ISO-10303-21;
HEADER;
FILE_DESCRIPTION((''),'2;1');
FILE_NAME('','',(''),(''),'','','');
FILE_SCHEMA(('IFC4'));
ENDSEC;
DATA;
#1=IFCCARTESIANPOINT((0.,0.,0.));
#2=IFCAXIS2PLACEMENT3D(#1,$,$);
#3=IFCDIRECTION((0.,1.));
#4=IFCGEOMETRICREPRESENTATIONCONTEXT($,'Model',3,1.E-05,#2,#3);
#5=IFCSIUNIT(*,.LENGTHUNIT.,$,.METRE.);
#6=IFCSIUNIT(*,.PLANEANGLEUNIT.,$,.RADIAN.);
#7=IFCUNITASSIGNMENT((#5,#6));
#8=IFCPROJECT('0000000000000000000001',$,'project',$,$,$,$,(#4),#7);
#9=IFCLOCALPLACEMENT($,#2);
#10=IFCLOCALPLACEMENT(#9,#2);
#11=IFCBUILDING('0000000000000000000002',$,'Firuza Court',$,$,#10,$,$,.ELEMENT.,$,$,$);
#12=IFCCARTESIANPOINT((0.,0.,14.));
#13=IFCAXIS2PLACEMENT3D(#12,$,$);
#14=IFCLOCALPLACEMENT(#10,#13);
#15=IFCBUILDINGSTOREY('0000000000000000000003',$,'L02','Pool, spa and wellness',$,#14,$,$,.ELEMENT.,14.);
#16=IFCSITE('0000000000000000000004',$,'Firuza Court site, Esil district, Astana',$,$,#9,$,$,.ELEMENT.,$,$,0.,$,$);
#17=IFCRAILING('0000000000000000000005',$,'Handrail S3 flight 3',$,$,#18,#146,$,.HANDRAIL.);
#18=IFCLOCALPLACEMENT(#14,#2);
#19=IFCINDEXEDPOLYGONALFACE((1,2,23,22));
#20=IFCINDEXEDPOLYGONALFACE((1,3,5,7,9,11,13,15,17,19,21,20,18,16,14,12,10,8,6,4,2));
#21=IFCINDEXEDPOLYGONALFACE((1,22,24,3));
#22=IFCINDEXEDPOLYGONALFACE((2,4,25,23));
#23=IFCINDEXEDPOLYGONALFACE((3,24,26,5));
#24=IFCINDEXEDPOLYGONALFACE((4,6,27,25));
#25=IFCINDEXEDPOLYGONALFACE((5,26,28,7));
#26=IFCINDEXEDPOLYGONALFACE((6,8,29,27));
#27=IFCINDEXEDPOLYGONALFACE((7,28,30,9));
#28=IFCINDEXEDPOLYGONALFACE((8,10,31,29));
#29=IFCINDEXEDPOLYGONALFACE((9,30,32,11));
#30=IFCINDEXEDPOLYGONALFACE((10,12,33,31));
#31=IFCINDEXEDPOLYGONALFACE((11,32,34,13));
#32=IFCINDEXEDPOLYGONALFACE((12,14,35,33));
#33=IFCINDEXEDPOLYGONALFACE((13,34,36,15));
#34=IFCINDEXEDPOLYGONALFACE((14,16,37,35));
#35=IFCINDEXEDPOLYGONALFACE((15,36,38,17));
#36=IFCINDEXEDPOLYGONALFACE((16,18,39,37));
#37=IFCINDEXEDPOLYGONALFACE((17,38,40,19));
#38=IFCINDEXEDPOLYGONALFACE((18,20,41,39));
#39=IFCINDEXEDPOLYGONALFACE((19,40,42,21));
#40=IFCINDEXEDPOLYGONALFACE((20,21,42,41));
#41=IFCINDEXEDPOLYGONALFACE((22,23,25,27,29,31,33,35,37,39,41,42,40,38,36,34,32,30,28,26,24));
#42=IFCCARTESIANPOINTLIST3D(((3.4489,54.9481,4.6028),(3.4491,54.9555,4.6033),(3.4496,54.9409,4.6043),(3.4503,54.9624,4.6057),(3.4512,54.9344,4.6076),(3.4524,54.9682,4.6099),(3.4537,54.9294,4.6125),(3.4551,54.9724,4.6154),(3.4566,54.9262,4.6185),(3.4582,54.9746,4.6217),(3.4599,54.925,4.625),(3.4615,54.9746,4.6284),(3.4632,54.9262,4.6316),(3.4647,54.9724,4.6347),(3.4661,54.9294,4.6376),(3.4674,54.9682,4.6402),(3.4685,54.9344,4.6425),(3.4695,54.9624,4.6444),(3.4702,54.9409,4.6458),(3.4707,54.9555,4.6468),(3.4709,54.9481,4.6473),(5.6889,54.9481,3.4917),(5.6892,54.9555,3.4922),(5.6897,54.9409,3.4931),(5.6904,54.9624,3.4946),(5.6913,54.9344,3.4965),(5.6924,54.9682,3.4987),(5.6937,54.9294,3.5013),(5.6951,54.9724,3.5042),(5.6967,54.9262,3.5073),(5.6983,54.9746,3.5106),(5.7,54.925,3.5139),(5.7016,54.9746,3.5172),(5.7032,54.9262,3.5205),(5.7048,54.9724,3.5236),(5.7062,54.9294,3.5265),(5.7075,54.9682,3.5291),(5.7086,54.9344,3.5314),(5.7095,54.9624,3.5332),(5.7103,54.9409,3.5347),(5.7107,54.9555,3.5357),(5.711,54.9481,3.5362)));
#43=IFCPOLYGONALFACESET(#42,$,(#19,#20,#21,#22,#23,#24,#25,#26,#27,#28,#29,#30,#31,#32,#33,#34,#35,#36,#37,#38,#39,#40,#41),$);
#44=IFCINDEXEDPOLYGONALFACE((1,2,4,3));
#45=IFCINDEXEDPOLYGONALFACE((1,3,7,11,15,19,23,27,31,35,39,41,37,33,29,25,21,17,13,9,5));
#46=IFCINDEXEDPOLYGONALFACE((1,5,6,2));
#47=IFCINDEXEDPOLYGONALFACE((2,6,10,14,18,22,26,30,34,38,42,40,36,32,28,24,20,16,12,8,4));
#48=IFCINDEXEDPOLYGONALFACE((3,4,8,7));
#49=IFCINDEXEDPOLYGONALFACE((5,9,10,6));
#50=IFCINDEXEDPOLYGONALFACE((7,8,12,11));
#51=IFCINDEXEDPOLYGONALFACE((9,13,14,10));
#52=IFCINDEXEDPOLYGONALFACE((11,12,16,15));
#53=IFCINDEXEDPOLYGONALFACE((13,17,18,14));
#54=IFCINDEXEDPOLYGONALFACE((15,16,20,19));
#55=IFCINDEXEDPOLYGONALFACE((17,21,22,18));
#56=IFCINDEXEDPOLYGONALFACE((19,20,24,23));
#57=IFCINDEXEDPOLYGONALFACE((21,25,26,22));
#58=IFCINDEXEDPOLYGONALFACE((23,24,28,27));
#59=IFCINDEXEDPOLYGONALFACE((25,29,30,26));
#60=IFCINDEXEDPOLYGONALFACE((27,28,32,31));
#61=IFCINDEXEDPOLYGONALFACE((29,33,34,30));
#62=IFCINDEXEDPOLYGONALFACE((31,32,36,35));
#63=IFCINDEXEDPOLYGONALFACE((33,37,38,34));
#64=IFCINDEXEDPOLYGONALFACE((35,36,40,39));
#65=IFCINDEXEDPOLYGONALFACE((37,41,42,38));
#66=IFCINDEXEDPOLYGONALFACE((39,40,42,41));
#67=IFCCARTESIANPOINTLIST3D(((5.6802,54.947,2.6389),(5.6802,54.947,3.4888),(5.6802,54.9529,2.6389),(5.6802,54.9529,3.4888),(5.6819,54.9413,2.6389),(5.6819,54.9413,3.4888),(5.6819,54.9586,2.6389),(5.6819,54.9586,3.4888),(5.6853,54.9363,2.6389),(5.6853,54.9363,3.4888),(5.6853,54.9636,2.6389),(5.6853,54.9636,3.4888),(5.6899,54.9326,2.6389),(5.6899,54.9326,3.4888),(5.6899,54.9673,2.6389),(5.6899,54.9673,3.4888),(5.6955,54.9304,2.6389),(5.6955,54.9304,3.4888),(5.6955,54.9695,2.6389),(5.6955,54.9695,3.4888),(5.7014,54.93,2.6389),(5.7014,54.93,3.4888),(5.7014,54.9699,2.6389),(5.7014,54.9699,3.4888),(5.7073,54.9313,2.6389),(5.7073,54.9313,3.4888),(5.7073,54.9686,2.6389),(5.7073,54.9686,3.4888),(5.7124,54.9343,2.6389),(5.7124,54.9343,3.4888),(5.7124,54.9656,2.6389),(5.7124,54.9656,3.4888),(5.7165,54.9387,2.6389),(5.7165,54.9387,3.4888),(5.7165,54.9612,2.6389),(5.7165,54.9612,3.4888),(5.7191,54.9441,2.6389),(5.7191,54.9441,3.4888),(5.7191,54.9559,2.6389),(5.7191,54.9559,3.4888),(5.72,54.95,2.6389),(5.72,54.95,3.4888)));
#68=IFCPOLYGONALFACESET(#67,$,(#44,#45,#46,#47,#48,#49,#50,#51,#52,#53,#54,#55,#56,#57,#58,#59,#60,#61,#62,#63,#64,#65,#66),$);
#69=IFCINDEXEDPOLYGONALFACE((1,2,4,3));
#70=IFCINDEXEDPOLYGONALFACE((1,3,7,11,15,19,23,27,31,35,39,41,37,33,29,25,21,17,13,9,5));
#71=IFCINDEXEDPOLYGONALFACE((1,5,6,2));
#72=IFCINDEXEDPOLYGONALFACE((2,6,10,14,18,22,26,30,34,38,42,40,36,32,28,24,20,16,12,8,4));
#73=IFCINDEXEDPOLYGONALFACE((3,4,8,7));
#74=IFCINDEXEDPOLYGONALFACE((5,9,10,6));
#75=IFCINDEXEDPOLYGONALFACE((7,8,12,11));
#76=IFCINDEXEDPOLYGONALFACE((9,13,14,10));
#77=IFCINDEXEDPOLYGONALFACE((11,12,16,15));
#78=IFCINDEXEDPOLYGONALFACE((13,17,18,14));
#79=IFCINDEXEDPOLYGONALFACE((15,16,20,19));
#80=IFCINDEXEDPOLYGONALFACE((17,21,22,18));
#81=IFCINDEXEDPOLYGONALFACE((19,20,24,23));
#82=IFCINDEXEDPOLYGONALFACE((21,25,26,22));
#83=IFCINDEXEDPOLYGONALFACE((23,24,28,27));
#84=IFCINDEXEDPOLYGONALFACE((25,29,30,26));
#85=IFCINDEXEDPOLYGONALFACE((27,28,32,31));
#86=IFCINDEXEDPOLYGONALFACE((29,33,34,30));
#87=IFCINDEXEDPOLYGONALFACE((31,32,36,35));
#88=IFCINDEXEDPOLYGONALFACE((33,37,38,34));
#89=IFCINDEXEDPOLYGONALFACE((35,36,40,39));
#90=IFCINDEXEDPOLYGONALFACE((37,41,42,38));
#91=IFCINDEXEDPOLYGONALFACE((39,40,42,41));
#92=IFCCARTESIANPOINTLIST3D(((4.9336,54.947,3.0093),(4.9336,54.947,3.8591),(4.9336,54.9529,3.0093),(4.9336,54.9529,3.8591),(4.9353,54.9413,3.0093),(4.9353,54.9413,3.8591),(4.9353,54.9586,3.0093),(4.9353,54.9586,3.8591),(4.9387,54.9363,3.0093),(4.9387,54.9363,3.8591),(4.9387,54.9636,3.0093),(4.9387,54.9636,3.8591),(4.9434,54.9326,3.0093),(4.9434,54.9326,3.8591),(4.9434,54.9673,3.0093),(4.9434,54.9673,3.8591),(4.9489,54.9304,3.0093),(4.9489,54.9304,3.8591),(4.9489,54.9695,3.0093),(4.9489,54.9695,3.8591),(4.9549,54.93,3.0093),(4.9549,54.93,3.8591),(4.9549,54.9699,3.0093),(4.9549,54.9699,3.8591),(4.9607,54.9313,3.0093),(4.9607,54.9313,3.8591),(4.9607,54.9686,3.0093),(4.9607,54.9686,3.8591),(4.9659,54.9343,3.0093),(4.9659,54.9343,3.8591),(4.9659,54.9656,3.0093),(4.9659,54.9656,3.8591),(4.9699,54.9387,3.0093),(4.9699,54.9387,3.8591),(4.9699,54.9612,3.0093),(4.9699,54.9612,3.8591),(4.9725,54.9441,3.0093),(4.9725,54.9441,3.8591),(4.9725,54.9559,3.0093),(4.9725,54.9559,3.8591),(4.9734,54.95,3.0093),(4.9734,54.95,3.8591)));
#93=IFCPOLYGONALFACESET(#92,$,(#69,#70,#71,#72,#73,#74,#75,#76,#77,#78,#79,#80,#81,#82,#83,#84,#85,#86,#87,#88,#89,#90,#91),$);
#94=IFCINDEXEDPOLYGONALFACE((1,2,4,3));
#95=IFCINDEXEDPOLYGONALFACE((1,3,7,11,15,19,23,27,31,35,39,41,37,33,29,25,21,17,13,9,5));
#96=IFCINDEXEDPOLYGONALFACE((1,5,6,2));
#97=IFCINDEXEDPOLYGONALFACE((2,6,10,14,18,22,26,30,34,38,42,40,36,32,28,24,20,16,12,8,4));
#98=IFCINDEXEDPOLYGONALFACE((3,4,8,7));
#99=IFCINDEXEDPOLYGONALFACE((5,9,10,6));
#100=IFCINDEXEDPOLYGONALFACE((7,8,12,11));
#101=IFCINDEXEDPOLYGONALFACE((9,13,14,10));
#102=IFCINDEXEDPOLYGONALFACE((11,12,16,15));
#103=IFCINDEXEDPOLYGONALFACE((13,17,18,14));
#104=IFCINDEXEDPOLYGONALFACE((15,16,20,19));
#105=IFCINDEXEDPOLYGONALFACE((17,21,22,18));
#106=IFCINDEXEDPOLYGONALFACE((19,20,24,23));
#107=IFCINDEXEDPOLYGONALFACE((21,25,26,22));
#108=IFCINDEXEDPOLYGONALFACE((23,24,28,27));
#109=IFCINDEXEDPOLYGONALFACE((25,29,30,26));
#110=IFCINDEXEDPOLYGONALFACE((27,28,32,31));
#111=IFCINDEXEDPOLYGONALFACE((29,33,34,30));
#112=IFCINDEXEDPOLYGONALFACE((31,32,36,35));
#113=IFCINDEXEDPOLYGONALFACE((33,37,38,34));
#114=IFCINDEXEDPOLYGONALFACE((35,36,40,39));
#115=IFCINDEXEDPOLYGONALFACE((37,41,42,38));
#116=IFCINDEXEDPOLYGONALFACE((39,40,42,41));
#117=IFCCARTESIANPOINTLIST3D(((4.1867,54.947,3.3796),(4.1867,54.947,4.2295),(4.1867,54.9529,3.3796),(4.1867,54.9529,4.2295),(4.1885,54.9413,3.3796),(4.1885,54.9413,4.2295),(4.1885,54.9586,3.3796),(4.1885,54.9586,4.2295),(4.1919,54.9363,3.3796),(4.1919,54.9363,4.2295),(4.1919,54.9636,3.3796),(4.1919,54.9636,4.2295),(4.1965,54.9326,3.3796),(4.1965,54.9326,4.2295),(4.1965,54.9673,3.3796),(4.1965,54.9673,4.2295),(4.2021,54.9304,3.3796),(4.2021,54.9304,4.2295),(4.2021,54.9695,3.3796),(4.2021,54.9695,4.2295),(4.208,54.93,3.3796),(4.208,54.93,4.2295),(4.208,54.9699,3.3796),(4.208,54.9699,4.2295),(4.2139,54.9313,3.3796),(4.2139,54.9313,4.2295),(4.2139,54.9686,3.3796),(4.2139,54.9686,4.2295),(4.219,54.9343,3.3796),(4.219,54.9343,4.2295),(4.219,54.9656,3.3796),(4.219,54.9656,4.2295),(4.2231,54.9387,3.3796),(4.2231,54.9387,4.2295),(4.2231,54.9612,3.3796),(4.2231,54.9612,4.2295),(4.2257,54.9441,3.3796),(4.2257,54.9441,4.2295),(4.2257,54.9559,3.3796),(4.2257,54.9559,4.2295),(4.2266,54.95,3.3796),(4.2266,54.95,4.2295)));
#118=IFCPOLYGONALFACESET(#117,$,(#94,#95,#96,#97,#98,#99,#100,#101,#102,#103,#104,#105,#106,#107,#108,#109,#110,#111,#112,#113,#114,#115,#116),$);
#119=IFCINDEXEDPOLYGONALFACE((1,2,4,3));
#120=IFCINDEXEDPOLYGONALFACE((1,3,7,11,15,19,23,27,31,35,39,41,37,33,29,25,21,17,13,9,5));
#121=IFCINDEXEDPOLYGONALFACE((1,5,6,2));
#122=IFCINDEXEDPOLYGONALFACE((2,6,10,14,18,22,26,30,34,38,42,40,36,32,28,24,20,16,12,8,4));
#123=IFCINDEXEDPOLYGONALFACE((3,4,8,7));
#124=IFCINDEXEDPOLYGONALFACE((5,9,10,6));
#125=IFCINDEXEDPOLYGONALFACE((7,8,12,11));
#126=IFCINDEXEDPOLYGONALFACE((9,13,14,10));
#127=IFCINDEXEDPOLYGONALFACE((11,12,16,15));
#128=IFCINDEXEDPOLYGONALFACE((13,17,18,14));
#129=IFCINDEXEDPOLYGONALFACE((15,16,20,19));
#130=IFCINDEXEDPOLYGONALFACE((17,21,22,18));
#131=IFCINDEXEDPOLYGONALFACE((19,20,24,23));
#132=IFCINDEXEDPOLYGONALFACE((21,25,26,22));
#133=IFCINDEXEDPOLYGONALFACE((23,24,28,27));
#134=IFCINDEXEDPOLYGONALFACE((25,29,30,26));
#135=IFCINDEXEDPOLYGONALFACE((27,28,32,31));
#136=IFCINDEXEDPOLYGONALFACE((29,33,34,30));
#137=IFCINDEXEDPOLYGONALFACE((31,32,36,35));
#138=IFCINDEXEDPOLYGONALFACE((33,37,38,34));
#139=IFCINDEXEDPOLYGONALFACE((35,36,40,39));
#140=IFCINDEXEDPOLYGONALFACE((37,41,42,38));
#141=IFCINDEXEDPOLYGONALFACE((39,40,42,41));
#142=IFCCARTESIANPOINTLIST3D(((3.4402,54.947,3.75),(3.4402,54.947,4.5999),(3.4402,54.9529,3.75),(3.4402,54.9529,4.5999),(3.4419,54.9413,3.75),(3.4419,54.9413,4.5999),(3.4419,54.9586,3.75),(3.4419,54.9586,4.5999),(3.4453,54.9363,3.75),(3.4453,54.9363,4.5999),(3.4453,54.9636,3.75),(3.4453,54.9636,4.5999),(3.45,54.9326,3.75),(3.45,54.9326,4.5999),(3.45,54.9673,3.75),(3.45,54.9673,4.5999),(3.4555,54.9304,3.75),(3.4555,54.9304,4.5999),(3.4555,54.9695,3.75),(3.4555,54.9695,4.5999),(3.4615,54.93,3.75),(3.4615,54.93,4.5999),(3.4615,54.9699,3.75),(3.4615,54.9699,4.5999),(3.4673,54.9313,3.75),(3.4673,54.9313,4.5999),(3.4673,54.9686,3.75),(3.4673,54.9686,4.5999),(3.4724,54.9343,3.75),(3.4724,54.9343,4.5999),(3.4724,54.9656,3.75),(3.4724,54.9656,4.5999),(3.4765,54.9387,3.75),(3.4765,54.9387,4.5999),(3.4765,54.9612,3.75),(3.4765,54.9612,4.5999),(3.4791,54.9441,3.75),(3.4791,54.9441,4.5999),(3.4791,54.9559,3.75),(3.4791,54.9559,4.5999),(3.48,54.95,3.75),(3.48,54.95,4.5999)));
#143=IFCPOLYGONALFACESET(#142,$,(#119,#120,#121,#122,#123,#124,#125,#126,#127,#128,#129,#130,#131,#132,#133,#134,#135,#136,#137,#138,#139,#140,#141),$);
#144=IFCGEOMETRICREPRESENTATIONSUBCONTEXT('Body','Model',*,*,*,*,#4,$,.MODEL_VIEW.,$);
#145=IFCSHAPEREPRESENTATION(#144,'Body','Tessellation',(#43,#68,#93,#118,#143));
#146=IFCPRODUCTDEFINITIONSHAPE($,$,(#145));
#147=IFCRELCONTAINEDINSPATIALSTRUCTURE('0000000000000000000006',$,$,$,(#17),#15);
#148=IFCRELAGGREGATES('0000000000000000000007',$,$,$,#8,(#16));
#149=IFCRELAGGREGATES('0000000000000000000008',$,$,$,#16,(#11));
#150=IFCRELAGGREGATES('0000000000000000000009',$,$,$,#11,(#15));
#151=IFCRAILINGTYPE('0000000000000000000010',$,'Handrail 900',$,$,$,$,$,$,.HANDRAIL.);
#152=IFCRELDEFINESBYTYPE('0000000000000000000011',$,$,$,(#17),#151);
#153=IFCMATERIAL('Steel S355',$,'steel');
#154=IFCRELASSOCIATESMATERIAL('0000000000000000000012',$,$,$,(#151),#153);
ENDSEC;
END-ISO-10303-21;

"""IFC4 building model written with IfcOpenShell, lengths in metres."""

from ifc_helpers import new_model, si_unit, direction, frame, origin, origin_2d, place, context, subcontext, project, spatial, circle, extrude, material, type_object, element, save


model = new_model("IFC4")

# Units and contexts
model_context = context("Model", 3, precision=1e-05, world=origin(), true_north=direction((0.0, 1.0)))
body_context = subcontext(model_context, "Body", "Model", "MODEL_VIEW")
ifc_project = project(units=[si_unit("LENGTHUNIT", "METRE"), si_unit("PLANEANGLEUNIT", "RADIAN")], contexts=[model_context])

# Site, building, storey
site_placement = place(None, origin())
site = spatial("IfcSite", under=ifc_project, at=site_placement, Name="Firuza Court site, Esil district, Astana", CompositionType="ELEMENT", RefElevation=0.0)
building_placement = place(site_placement, origin())
building = spatial("IfcBuilding", under=site, at=building_placement, Name="Firuza Court", CompositionType="ELEMENT")
storey_placement = place(building_placement, frame((0.0, 0.0, 14.0)))
storey = spatial("IfcBuildingStorey", under=building, at=storey_placement, Name="L02", Description="Pool, spa and wellness", CompositionType="ELEMENT", Elevation=14.0)

# Railing
ifc_material_1 = material(Name="Steel S355", Category="steel")
railing_type_1 = type_object("IfcRailingType", Name="Handrail 900", PredefinedType="HANDRAIL", material=ifc_material_1)
railing_1_placement = place(storey_placement, frame((5.7, 54.95, 2.6389)))
element("IfcRailing", 1, at=railing_1_placement, inside=storey, type_object=railing_type_1, Name="Handrail S3 flight 3", PredefinedType="HANDRAIL", context=body_context, shape_type="SweptSolid", body=[
    extrude(circle(Radius=0.0249, at=origin_2d()), frame((0.0, 0.0, 0.875), z_axis=(-0.895848, 0.0, 0.44436), x_axis=(0.0, -1.0, 0.0)), (0.0, 0.0, 1.0), 2.5005),
    extrude(circle(Radius=0.02, at=origin_2d()), origin(), (0.0, 0.0, 1.0), 0.8499),
    extrude(circle(Radius=0.02, at=origin_2d()), frame((-0.7466, 0.0, 0.3704)), (0.0, 0.0, 1.0), 0.8499),
    extrude(circle(Radius=0.02, at=origin_2d()), frame((-1.4934, 0.0, 0.7407)), (0.0, 0.0, 1.0), 0.8499),
    extrude(circle(Radius=0.02, at=origin_2d()), frame((-2.24, 0.0, 1.1111)), (0.0, 0.0, 1.0), 0.8499),
])

save(model, "model.ifc")
